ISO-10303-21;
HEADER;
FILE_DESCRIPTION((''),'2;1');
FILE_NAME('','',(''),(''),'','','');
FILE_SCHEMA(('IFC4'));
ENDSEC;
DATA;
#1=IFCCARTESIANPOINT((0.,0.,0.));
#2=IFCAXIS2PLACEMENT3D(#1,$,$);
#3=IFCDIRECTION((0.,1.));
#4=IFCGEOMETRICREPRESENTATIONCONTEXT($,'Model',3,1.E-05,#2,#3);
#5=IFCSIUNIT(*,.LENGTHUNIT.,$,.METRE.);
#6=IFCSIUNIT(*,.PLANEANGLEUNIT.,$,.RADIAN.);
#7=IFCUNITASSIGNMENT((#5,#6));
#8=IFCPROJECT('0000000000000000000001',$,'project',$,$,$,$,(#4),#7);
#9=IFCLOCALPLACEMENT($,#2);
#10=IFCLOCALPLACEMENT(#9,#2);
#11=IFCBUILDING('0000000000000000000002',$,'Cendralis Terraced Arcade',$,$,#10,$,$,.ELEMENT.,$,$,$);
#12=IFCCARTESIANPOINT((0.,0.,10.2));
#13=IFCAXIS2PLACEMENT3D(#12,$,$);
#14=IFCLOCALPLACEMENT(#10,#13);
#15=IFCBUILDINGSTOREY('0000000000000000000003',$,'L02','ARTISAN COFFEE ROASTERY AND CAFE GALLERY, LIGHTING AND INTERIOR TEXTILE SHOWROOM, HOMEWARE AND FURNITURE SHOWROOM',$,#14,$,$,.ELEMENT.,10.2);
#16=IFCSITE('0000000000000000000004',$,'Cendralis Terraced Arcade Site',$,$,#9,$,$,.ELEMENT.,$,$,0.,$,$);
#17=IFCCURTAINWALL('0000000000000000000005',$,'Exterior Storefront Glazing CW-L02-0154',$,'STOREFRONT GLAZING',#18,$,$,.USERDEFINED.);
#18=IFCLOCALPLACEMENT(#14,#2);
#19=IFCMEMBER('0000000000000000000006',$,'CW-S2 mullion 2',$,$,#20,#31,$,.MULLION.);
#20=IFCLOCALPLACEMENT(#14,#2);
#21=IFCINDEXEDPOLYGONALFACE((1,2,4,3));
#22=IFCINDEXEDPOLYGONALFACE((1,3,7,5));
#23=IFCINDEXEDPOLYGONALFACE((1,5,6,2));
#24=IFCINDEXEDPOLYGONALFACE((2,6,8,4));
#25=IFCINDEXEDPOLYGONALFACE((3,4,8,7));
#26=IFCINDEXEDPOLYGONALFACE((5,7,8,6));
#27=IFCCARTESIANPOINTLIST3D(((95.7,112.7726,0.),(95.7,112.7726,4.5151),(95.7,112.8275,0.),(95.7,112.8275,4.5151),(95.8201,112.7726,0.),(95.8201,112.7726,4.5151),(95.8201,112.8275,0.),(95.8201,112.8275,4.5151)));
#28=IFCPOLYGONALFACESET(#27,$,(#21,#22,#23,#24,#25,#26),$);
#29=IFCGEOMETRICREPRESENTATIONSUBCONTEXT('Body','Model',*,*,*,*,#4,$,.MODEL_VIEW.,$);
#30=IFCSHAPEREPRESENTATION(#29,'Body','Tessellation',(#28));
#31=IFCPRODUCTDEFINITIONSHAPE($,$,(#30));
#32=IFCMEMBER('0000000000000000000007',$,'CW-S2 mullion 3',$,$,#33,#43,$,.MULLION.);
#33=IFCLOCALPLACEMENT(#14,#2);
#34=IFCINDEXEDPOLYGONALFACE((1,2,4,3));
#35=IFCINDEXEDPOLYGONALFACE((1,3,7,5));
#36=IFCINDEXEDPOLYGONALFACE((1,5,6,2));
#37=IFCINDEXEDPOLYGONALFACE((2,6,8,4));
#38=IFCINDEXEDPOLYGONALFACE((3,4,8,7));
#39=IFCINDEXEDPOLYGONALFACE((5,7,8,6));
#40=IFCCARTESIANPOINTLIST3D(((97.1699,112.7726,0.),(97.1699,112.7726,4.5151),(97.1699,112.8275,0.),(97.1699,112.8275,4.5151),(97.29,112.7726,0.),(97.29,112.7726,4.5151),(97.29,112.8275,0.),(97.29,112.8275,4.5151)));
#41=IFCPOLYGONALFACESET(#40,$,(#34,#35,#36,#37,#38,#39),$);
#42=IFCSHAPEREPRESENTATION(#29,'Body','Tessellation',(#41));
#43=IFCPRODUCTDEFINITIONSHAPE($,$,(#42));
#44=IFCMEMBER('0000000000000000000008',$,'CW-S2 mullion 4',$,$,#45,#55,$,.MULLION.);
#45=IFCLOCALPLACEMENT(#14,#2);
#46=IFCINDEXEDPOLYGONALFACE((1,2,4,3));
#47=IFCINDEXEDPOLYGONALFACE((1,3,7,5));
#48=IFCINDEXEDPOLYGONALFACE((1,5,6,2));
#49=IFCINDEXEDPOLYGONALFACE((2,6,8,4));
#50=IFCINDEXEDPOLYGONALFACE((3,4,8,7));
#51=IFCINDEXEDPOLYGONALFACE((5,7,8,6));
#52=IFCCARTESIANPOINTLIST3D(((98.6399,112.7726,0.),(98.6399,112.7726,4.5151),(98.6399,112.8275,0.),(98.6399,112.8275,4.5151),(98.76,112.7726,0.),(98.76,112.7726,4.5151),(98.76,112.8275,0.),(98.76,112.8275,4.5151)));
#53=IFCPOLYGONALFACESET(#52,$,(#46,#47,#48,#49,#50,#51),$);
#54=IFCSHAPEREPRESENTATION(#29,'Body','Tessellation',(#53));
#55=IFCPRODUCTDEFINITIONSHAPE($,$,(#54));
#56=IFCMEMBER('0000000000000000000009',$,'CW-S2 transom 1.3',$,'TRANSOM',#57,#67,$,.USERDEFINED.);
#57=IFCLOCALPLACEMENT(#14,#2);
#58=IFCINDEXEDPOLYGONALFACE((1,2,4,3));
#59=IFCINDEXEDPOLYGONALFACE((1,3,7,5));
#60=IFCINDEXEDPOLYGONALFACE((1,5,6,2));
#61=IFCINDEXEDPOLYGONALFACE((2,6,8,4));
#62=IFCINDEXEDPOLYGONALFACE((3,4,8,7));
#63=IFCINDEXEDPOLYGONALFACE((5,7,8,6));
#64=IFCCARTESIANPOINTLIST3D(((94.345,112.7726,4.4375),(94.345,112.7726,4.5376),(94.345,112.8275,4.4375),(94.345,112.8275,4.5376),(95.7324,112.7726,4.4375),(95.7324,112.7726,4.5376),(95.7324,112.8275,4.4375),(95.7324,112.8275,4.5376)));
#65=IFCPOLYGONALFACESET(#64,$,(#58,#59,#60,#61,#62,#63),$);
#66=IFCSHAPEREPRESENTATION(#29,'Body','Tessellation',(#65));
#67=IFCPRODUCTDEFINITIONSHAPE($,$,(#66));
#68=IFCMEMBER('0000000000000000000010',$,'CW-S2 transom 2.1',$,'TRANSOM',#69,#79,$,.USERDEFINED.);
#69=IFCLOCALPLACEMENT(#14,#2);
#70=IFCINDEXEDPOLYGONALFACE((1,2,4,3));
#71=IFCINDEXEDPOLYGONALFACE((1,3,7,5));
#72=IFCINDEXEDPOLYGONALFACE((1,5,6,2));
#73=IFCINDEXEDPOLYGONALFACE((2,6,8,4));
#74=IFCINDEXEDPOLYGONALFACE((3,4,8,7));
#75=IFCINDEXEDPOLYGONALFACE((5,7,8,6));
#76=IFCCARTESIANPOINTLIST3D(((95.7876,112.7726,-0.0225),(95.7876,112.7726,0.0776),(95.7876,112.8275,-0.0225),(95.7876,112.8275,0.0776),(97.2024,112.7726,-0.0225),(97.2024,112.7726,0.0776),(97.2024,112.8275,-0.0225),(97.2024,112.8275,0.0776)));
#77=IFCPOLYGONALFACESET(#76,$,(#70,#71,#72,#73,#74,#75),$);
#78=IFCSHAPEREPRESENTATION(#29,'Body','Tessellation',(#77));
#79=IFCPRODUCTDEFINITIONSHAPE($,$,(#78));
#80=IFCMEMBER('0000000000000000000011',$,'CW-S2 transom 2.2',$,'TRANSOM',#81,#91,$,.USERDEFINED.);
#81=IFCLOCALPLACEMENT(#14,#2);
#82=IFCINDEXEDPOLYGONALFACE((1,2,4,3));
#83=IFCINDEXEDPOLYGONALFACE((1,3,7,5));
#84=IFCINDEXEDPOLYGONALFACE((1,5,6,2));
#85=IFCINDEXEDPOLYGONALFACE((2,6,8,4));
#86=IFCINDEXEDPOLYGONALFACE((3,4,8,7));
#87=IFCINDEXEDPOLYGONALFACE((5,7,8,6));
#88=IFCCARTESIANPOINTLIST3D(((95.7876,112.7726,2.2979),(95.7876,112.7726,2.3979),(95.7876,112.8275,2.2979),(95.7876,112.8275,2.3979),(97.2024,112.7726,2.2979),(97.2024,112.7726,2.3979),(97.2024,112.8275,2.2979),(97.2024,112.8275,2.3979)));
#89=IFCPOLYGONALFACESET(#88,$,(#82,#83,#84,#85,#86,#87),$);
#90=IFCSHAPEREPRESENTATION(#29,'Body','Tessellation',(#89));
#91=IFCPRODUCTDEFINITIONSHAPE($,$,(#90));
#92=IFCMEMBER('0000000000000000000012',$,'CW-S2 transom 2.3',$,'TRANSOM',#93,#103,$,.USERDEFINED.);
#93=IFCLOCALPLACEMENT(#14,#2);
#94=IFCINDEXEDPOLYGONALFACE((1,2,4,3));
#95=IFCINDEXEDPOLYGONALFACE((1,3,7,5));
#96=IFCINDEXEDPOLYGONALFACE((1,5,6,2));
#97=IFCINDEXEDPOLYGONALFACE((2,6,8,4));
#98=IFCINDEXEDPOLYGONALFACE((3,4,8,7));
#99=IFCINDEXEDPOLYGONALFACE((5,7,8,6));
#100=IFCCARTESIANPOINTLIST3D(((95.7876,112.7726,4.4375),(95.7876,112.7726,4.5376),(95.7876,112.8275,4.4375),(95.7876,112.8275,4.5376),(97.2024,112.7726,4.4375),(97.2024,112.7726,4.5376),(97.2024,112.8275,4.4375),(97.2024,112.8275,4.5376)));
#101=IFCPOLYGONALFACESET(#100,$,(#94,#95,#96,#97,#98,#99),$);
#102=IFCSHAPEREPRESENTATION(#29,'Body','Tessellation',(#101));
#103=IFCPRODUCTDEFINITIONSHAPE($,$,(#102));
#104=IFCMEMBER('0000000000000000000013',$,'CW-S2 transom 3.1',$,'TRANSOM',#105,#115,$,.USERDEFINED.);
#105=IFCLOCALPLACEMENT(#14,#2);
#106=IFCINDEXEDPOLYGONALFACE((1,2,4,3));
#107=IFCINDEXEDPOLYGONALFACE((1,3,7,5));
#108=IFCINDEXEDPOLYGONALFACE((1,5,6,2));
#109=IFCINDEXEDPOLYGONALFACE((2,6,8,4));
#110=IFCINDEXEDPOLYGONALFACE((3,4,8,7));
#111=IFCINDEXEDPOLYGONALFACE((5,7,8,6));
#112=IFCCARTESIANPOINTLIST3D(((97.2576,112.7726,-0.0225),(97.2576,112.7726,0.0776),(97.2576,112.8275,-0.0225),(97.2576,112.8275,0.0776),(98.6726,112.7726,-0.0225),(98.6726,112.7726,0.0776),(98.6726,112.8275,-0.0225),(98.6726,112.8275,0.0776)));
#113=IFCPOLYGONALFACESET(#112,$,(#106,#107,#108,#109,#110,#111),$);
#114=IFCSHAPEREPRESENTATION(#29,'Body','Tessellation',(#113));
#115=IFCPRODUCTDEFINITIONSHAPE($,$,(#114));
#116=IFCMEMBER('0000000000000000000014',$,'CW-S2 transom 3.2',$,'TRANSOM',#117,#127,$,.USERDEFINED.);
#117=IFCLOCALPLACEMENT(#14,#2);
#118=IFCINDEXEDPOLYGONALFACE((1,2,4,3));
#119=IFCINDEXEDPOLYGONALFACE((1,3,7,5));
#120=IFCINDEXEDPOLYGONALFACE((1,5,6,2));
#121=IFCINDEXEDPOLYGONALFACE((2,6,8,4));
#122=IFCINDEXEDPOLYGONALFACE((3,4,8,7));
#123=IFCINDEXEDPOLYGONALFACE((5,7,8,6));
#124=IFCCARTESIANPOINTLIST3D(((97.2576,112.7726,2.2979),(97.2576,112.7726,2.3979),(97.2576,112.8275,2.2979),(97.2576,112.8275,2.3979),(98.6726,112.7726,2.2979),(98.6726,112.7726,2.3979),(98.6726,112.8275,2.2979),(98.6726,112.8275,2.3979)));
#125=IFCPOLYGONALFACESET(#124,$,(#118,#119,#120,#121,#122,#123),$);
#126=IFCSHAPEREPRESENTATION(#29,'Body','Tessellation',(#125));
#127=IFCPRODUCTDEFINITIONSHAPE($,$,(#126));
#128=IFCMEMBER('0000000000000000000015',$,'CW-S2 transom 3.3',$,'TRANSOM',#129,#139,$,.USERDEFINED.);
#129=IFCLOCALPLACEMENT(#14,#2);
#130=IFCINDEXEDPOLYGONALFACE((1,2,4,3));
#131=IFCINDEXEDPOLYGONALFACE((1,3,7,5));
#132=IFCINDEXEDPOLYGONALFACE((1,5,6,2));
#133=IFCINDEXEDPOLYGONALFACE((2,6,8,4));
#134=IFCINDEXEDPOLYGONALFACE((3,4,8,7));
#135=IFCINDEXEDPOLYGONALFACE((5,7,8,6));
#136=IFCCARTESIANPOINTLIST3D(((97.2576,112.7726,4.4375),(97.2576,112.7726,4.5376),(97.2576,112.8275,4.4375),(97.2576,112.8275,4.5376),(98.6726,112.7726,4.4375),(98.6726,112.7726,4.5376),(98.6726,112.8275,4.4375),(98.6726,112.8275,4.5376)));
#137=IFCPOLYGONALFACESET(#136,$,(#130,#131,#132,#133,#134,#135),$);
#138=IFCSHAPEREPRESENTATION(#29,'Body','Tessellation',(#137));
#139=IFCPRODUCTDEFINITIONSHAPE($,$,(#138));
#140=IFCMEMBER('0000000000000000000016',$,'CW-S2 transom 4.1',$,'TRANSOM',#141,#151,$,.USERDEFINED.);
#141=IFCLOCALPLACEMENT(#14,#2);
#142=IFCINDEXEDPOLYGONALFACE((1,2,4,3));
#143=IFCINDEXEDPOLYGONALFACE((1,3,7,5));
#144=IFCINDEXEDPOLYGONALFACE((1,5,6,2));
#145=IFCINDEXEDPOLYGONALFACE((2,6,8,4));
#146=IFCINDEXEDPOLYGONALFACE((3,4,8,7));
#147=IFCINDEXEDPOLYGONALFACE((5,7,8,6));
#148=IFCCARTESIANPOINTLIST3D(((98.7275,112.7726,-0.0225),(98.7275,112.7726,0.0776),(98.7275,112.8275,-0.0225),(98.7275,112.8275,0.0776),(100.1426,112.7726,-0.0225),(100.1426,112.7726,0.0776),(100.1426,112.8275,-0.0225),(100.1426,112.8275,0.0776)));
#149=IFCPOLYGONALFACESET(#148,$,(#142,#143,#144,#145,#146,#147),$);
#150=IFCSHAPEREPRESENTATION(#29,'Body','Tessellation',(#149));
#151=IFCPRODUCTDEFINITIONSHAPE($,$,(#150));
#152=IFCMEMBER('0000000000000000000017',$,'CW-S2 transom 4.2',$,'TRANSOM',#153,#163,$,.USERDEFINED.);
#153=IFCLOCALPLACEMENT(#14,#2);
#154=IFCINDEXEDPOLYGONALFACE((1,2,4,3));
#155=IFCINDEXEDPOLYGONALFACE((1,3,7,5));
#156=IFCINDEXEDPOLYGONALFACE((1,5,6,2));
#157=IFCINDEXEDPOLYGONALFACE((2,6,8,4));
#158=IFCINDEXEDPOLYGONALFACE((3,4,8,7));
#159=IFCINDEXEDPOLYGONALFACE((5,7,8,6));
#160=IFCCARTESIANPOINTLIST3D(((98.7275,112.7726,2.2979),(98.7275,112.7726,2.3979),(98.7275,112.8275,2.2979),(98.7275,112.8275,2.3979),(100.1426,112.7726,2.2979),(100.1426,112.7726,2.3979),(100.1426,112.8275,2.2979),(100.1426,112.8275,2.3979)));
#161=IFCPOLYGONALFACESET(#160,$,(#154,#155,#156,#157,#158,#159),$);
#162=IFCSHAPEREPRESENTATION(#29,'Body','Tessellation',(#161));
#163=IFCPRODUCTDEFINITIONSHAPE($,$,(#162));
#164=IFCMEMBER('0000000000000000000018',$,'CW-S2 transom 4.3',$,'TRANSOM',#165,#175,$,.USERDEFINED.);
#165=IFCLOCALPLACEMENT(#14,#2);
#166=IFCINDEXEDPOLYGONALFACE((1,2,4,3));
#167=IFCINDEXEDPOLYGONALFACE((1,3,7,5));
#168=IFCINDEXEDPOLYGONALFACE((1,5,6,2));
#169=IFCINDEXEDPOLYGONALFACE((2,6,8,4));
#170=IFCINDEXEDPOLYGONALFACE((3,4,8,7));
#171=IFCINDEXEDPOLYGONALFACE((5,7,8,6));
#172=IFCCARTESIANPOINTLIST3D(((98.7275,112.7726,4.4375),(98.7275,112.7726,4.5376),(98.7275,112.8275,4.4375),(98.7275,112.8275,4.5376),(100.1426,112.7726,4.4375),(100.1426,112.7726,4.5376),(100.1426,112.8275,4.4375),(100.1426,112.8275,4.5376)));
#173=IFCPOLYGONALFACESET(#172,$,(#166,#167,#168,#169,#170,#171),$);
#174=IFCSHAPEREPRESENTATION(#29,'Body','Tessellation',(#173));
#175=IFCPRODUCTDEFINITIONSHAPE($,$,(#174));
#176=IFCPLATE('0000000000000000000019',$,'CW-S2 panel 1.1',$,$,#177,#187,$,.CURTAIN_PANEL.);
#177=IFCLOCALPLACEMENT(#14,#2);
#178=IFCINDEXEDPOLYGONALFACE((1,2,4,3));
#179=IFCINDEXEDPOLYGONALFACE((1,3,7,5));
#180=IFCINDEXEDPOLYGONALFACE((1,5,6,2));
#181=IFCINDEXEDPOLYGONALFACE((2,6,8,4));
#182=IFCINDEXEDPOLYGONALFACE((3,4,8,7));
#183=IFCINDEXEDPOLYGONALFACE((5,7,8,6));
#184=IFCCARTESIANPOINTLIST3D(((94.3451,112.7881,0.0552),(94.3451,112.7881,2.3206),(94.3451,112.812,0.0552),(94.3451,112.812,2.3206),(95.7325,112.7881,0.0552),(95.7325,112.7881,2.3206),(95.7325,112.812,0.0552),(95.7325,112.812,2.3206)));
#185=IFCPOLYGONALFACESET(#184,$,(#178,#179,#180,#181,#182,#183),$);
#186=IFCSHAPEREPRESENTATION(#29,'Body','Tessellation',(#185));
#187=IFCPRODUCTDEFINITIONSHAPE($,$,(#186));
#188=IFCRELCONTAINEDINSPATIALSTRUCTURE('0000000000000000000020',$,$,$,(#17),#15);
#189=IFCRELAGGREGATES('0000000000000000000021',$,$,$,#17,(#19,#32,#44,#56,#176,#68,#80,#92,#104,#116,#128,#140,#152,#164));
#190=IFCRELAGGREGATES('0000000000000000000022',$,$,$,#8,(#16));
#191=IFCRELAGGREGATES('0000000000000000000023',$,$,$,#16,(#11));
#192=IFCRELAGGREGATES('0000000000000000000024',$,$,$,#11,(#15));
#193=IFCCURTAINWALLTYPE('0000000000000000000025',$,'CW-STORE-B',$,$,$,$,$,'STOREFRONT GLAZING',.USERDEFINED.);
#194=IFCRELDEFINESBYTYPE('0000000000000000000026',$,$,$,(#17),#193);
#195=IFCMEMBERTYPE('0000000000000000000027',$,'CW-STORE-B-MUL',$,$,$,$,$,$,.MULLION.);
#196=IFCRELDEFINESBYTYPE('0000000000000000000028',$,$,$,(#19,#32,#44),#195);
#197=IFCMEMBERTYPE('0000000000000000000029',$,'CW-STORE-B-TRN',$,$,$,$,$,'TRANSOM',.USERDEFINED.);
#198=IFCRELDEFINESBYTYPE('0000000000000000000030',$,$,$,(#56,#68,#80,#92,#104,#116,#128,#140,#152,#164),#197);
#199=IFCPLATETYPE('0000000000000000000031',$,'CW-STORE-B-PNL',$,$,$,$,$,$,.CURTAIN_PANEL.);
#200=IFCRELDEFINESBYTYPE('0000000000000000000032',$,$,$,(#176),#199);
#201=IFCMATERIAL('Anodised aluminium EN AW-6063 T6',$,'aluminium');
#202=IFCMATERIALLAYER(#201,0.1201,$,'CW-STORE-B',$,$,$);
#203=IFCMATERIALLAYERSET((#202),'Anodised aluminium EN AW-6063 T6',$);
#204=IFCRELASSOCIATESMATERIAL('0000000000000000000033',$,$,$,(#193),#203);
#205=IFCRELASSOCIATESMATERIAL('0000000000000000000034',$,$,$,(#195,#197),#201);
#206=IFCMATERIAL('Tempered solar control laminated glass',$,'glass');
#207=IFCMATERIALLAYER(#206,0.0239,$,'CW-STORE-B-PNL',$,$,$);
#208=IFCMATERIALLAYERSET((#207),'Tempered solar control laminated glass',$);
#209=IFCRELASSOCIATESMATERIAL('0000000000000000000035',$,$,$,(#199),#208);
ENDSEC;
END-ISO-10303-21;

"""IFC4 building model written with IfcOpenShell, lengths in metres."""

from ifc_helpers import new_model, si_unit, direction, frame, origin, origin_2d, place, context, subcontext, project, spatial, rectangle, extrude, material, layer, layer_set, material_profile, profile_set, type_object, element, aggregate, save


model = new_model("IFC4")

# Units and contexts
model_context = context("Model", 3, precision=1e-05, world=origin(), true_north=direction((0.0, 1.0)))
body_context = subcontext(model_context, "Body", "Model", "MODEL_VIEW")
ifc_project = project(units=[si_unit("LENGTHUNIT", "METRE"), si_unit("PLANEANGLEUNIT", "RADIAN")], contexts=[model_context])

# Site, building, storey
site_placement = place(None, origin())
site = spatial("IfcSite", under=ifc_project, at=site_placement, Name="Cendralis Terraced Arcade Site", CompositionType="ELEMENT", RefElevation=0.0)
building_placement = place(site_placement, origin())
building = spatial("IfcBuilding", under=site, at=building_placement, Name="Cendralis Terraced Arcade", CompositionType="ELEMENT")
storey_placement = place(building_placement, frame((0.0, 0.0, 10.2)))
storey = spatial("IfcBuildingStorey", under=building, at=storey_placement, Name="L02", Description="ARTISAN COFFEE ROASTERY AND CAFE GALLERY, LIGHTING AND INTERIOR TEXTILE SHOWROOM, HOMEWARE AND FURNITURE SHOWROOM", CompositionType="ELEMENT", Elevation=10.2)

# Curtain wall, members, plate
ifc_material_1 = material(Name="Anodised aluminium EN AW-6063 T6", Category="aluminium")
ifc_layer_1 = layer(ifc_material_1, 0.1201, Name="CW-STORE-B")
ifc_layer_set_1 = layer_set([ifc_layer_1], Name="Anodised aluminium EN AW-6063 T6")
curtain_wall_type = type_object("IfcCurtainWallType", Name="CW-STORE-B", ElementType="STOREFRONT GLAZING", PredefinedType="USERDEFINED", material=ifc_layer_set_1)
curtain_wall_placement = place(storey_placement, origin())
curtain_wall = element("IfcCurtainWall", 1, at=curtain_wall_placement, inside=storey, type_object=curtain_wall_type, Name="Exterior Storefront Glazing CW-L02-0154", ObjectType="STOREFRONT GLAZING", PredefinedType="USERDEFINED")
ifc_material_profile_1 = material_profile(ifc_material_1, rectangle(XDim=0.0549, YDim=0.1201, at=origin_2d()), Name="ALU-MUL-55x120")
ifc_profile_set_1 = profile_set([ifc_material_profile_1], Name="Anodised aluminium EN AW-6063 T6")
member_type_1 = type_object("IfcMemberType", Name="CW-STORE-B-MUL", PredefinedType="MULLION", material=ifc_profile_set_1)
member_1_placement = place(storey_placement, frame((95.76, 112.8, 0.0), z_axis=(0.0, 0.0, 1.0), x_axis=(0.0, 1.0, 0.0)))
member_1 = element("IfcMember", 2, at=member_1_placement, type_object=member_type_1, Name="CW-S2 mullion 2", PredefinedType="MULLION", context=body_context, shape_type="SweptSolid", body=[
    extrude(rectangle(XDim=0.0549, YDim=0.1201, at=origin_2d()), origin(), (0.0, 0.0, 1.0), 4.5151),
])
member_2_placement = place(storey_placement, frame((97.23, 112.8, 0.0), z_axis=(0.0, 0.0, 1.0), x_axis=(0.0, 1.0, 0.0)))
member_2 = element("IfcMember", 3, at=member_2_placement, type_object=member_type_1, Name="CW-S2 mullion 3", PredefinedType="MULLION", context=body_context, shape_type="SweptSolid", body=[
    extrude(rectangle(XDim=0.0549, YDim=0.1201, at=origin_2d()), origin(), (0.0, 0.0, 1.0), 4.5151),
])
member_3_placement = place(storey_placement, frame((98.7, 112.8, 0.0), z_axis=(0.0, 0.0, 1.0), x_axis=(0.0, 1.0, 0.0)))
member_3 = element("IfcMember", 4, at=member_3_placement, type_object=member_type_1, Name="CW-S2 mullion 4", PredefinedType="MULLION", context=body_context, shape_type="SweptSolid", body=[
    extrude(rectangle(XDim=0.0549, YDim=0.1201, at=origin_2d()), origin(), (0.0, 0.0, 1.0), 4.5151),
])
ifc_material_profile_2 = material_profile(ifc_material_1, rectangle(XDim=0.0549, YDim=0.1001, at=origin_2d()), Name="ALU-TRN-55x100")
ifc_profile_set_2 = profile_set([ifc_material_profile_2], Name="Anodised aluminium EN AW-6063 T6")
member_type_2 = type_object("IfcMemberType", Name="CW-STORE-B-TRN", ElementType="TRANSOM", PredefinedType="USERDEFINED", material=ifc_profile_set_2)
member_4_placement = place(storey_placement, frame((94.345, 112.8, 4.4875), z_axis=(1.0, 0.0, 0.0), x_axis=(0.0, 1.0, 0.0)))
member_4 = element("IfcMember", 5, at=member_4_placement, type_object=member_type_2, Name="CW-S2 transom 1.3", ObjectType="TRANSOM", PredefinedType="USERDEFINED", context=body_context, shape_type="SweptSolid", body=[
    extrude(rectangle(XDim=0.0549, YDim=0.1001, at=origin_2d()), origin(), (0.0, 0.0, 1.0), 1.3875),
])
member_5_placement = place(storey_placement, frame((95.7876, 112.8, 0.0276), z_axis=(1.0, 0.0, 0.0), x_axis=(0.0, 1.0, 0.0)))
member_5 = element("IfcMember", 6, at=member_5_placement, type_object=member_type_2, Name="CW-S2 transom 2.1", ObjectType="TRANSOM", PredefinedType="USERDEFINED", context=body_context, shape_type="SweptSolid", body=[
    extrude(rectangle(XDim=0.0549, YDim=0.1001, at=origin_2d()), origin(), (0.0, 0.0, 1.0), 1.4148),
])
member_6_placement = place(storey_placement, frame((95.7876, 112.8, 2.3479), z_axis=(1.0, 0.0, 0.0), x_axis=(0.0, 1.0, 0.0)))
member_6 = element("IfcMember", 7, at=member_6_placement, type_object=member_type_2, Name="CW-S2 transom 2.2", ObjectType="TRANSOM", PredefinedType="USERDEFINED", context=body_context, shape_type="SweptSolid", body=[
    extrude(rectangle(XDim=0.0549, YDim=0.1001, at=origin_2d()), origin(), (0.0, 0.0, 1.0), 1.4148),
])
member_7_placement = place(storey_placement, frame((95.7876, 112.8, 4.4875), z_axis=(1.0, 0.0, 0.0), x_axis=(0.0, 1.0, 0.0)))
member_7 = element("IfcMember", 8, at=member_7_placement, type_object=member_type_2, Name="CW-S2 transom 2.3", ObjectType="TRANSOM", PredefinedType="USERDEFINED", context=body_context, shape_type="SweptSolid", body=[
    extrude(rectangle(XDim=0.0549, YDim=0.1001, at=origin_2d()), origin(), (0.0, 0.0, 1.0), 1.4148),
])
member_8_placement = place(storey_placement, frame((97.2576, 112.8, 0.0276), z_axis=(1.0, 0.0, 0.0), x_axis=(0.0, 1.0, 0.0)))
member_8 = element("IfcMember", 9, at=member_8_placement, type_object=member_type_2, Name="CW-S2 transom 3.1", ObjectType="TRANSOM", PredefinedType="USERDEFINED", context=body_context, shape_type="SweptSolid", body=[
    extrude(rectangle(XDim=0.0549, YDim=0.1001, at=origin_2d()), origin(), (0.0, 0.0, 1.0), 1.415),
])
member_9_placement = place(storey_placement, frame((97.2576, 112.8, 2.3479), z_axis=(1.0, 0.0, 0.0), x_axis=(0.0, 1.0, 0.0)))
member_9 = element("IfcMember", 10, at=member_9_placement, type_object=member_type_2, Name="CW-S2 transom 3.2", ObjectType="TRANSOM", PredefinedType="USERDEFINED", context=body_context, shape_type="SweptSolid", body=[
    extrude(rectangle(XDim=0.0549, YDim=0.1001, at=origin_2d()), origin(), (0.0, 0.0, 1.0), 1.415),
])
member_10_placement = place(storey_placement, frame((97.2576, 112.8, 4.4875), z_axis=(1.0, 0.0, 0.0), x_axis=(0.0, 1.0, 0.0)))
member_10 = element("IfcMember", 11, at=member_10_placement, type_object=member_type_2, Name="CW-S2 transom 3.3", ObjectType="TRANSOM", PredefinedType="USERDEFINED", context=body_context, shape_type="SweptSolid", body=[
    extrude(rectangle(XDim=0.0549, YDim=0.1001, at=origin_2d()), origin(), (0.0, 0.0, 1.0), 1.415),
])
member_11_placement = place(storey_placement, frame((98.7275, 112.8, 0.0276), z_axis=(1.0, 0.0, 0.0), x_axis=(0.0, 1.0, 0.0)))
member_11 = element("IfcMember", 12, at=member_11_placement, type_object=member_type_2, Name="CW-S2 transom 4.1", ObjectType="TRANSOM", PredefinedType="USERDEFINED", context=body_context, shape_type="SweptSolid", body=[
    extrude(rectangle(XDim=0.0549, YDim=0.1001, at=origin_2d()), origin(), (0.0, 0.0, 1.0), 1.415),
])
member_12_placement = place(storey_placement, frame((98.7275, 112.8, 2.3479), z_axis=(1.0, 0.0, 0.0), x_axis=(0.0, 1.0, 0.0)))
member_12 = element("IfcMember", 13, at=member_12_placement, type_object=member_type_2, Name="CW-S2 transom 4.2", ObjectType="TRANSOM", PredefinedType="USERDEFINED", context=body_context, shape_type="SweptSolid", body=[
    extrude(rectangle(XDim=0.0549, YDim=0.1001, at=origin_2d()), origin(), (0.0, 0.0, 1.0), 1.415),
])
member_13_placement = place(storey_placement, frame((98.7275, 112.8, 4.4875), z_axis=(1.0, 0.0, 0.0), x_axis=(0.0, 1.0, 0.0)))
member_13 = element("IfcMember", 14, at=member_13_placement, type_object=member_type_2, Name="CW-S2 transom 4.3", ObjectType="TRANSOM", PredefinedType="USERDEFINED", context=body_context, shape_type="SweptSolid", body=[
    extrude(rectangle(XDim=0.0549, YDim=0.1001, at=origin_2d()), origin(), (0.0, 0.0, 1.0), 1.415),
])
ifc_material_2 = material(Name="Tempered solar control laminated glass", Category="glass")
ifc_layer_2 = layer(ifc_material_2, 0.0239, Name="CW-STORE-B-PNL")
ifc_layer_set_2 = layer_set([ifc_layer_2], Name="Tempered solar control laminated glass")
plate_type = type_object("IfcPlateType", Name="CW-STORE-B-PNL", PredefinedType="CURTAIN_PANEL", material=ifc_layer_set_2)
plate_1_placement = place(storey_placement, frame((95.0388, 112.8, 0.0552), z_axis=(0.0, 0.0, 1.0), x_axis=(1.0, 0.0, 0.0)))
plate_1 = element("IfcPlate", 15, at=plate_1_placement, type_object=plate_type, Name="CW-S2 panel 1.1", PredefinedType="CURTAIN_PANEL", context=body_context, shape_type="SweptSolid", body=[
    extrude(rectangle(XDim=1.3875, YDim=0.0239, at=origin_2d()), origin(), (0.0, 0.0, 1.0), 2.2654),
])
aggregate(curtain_wall, [member_1, member_2, member_3, member_4, plate_1, member_5, member_6, member_7, member_8, member_9, member_10, member_11, member_12, member_13])

save(model, "model.ifc")
